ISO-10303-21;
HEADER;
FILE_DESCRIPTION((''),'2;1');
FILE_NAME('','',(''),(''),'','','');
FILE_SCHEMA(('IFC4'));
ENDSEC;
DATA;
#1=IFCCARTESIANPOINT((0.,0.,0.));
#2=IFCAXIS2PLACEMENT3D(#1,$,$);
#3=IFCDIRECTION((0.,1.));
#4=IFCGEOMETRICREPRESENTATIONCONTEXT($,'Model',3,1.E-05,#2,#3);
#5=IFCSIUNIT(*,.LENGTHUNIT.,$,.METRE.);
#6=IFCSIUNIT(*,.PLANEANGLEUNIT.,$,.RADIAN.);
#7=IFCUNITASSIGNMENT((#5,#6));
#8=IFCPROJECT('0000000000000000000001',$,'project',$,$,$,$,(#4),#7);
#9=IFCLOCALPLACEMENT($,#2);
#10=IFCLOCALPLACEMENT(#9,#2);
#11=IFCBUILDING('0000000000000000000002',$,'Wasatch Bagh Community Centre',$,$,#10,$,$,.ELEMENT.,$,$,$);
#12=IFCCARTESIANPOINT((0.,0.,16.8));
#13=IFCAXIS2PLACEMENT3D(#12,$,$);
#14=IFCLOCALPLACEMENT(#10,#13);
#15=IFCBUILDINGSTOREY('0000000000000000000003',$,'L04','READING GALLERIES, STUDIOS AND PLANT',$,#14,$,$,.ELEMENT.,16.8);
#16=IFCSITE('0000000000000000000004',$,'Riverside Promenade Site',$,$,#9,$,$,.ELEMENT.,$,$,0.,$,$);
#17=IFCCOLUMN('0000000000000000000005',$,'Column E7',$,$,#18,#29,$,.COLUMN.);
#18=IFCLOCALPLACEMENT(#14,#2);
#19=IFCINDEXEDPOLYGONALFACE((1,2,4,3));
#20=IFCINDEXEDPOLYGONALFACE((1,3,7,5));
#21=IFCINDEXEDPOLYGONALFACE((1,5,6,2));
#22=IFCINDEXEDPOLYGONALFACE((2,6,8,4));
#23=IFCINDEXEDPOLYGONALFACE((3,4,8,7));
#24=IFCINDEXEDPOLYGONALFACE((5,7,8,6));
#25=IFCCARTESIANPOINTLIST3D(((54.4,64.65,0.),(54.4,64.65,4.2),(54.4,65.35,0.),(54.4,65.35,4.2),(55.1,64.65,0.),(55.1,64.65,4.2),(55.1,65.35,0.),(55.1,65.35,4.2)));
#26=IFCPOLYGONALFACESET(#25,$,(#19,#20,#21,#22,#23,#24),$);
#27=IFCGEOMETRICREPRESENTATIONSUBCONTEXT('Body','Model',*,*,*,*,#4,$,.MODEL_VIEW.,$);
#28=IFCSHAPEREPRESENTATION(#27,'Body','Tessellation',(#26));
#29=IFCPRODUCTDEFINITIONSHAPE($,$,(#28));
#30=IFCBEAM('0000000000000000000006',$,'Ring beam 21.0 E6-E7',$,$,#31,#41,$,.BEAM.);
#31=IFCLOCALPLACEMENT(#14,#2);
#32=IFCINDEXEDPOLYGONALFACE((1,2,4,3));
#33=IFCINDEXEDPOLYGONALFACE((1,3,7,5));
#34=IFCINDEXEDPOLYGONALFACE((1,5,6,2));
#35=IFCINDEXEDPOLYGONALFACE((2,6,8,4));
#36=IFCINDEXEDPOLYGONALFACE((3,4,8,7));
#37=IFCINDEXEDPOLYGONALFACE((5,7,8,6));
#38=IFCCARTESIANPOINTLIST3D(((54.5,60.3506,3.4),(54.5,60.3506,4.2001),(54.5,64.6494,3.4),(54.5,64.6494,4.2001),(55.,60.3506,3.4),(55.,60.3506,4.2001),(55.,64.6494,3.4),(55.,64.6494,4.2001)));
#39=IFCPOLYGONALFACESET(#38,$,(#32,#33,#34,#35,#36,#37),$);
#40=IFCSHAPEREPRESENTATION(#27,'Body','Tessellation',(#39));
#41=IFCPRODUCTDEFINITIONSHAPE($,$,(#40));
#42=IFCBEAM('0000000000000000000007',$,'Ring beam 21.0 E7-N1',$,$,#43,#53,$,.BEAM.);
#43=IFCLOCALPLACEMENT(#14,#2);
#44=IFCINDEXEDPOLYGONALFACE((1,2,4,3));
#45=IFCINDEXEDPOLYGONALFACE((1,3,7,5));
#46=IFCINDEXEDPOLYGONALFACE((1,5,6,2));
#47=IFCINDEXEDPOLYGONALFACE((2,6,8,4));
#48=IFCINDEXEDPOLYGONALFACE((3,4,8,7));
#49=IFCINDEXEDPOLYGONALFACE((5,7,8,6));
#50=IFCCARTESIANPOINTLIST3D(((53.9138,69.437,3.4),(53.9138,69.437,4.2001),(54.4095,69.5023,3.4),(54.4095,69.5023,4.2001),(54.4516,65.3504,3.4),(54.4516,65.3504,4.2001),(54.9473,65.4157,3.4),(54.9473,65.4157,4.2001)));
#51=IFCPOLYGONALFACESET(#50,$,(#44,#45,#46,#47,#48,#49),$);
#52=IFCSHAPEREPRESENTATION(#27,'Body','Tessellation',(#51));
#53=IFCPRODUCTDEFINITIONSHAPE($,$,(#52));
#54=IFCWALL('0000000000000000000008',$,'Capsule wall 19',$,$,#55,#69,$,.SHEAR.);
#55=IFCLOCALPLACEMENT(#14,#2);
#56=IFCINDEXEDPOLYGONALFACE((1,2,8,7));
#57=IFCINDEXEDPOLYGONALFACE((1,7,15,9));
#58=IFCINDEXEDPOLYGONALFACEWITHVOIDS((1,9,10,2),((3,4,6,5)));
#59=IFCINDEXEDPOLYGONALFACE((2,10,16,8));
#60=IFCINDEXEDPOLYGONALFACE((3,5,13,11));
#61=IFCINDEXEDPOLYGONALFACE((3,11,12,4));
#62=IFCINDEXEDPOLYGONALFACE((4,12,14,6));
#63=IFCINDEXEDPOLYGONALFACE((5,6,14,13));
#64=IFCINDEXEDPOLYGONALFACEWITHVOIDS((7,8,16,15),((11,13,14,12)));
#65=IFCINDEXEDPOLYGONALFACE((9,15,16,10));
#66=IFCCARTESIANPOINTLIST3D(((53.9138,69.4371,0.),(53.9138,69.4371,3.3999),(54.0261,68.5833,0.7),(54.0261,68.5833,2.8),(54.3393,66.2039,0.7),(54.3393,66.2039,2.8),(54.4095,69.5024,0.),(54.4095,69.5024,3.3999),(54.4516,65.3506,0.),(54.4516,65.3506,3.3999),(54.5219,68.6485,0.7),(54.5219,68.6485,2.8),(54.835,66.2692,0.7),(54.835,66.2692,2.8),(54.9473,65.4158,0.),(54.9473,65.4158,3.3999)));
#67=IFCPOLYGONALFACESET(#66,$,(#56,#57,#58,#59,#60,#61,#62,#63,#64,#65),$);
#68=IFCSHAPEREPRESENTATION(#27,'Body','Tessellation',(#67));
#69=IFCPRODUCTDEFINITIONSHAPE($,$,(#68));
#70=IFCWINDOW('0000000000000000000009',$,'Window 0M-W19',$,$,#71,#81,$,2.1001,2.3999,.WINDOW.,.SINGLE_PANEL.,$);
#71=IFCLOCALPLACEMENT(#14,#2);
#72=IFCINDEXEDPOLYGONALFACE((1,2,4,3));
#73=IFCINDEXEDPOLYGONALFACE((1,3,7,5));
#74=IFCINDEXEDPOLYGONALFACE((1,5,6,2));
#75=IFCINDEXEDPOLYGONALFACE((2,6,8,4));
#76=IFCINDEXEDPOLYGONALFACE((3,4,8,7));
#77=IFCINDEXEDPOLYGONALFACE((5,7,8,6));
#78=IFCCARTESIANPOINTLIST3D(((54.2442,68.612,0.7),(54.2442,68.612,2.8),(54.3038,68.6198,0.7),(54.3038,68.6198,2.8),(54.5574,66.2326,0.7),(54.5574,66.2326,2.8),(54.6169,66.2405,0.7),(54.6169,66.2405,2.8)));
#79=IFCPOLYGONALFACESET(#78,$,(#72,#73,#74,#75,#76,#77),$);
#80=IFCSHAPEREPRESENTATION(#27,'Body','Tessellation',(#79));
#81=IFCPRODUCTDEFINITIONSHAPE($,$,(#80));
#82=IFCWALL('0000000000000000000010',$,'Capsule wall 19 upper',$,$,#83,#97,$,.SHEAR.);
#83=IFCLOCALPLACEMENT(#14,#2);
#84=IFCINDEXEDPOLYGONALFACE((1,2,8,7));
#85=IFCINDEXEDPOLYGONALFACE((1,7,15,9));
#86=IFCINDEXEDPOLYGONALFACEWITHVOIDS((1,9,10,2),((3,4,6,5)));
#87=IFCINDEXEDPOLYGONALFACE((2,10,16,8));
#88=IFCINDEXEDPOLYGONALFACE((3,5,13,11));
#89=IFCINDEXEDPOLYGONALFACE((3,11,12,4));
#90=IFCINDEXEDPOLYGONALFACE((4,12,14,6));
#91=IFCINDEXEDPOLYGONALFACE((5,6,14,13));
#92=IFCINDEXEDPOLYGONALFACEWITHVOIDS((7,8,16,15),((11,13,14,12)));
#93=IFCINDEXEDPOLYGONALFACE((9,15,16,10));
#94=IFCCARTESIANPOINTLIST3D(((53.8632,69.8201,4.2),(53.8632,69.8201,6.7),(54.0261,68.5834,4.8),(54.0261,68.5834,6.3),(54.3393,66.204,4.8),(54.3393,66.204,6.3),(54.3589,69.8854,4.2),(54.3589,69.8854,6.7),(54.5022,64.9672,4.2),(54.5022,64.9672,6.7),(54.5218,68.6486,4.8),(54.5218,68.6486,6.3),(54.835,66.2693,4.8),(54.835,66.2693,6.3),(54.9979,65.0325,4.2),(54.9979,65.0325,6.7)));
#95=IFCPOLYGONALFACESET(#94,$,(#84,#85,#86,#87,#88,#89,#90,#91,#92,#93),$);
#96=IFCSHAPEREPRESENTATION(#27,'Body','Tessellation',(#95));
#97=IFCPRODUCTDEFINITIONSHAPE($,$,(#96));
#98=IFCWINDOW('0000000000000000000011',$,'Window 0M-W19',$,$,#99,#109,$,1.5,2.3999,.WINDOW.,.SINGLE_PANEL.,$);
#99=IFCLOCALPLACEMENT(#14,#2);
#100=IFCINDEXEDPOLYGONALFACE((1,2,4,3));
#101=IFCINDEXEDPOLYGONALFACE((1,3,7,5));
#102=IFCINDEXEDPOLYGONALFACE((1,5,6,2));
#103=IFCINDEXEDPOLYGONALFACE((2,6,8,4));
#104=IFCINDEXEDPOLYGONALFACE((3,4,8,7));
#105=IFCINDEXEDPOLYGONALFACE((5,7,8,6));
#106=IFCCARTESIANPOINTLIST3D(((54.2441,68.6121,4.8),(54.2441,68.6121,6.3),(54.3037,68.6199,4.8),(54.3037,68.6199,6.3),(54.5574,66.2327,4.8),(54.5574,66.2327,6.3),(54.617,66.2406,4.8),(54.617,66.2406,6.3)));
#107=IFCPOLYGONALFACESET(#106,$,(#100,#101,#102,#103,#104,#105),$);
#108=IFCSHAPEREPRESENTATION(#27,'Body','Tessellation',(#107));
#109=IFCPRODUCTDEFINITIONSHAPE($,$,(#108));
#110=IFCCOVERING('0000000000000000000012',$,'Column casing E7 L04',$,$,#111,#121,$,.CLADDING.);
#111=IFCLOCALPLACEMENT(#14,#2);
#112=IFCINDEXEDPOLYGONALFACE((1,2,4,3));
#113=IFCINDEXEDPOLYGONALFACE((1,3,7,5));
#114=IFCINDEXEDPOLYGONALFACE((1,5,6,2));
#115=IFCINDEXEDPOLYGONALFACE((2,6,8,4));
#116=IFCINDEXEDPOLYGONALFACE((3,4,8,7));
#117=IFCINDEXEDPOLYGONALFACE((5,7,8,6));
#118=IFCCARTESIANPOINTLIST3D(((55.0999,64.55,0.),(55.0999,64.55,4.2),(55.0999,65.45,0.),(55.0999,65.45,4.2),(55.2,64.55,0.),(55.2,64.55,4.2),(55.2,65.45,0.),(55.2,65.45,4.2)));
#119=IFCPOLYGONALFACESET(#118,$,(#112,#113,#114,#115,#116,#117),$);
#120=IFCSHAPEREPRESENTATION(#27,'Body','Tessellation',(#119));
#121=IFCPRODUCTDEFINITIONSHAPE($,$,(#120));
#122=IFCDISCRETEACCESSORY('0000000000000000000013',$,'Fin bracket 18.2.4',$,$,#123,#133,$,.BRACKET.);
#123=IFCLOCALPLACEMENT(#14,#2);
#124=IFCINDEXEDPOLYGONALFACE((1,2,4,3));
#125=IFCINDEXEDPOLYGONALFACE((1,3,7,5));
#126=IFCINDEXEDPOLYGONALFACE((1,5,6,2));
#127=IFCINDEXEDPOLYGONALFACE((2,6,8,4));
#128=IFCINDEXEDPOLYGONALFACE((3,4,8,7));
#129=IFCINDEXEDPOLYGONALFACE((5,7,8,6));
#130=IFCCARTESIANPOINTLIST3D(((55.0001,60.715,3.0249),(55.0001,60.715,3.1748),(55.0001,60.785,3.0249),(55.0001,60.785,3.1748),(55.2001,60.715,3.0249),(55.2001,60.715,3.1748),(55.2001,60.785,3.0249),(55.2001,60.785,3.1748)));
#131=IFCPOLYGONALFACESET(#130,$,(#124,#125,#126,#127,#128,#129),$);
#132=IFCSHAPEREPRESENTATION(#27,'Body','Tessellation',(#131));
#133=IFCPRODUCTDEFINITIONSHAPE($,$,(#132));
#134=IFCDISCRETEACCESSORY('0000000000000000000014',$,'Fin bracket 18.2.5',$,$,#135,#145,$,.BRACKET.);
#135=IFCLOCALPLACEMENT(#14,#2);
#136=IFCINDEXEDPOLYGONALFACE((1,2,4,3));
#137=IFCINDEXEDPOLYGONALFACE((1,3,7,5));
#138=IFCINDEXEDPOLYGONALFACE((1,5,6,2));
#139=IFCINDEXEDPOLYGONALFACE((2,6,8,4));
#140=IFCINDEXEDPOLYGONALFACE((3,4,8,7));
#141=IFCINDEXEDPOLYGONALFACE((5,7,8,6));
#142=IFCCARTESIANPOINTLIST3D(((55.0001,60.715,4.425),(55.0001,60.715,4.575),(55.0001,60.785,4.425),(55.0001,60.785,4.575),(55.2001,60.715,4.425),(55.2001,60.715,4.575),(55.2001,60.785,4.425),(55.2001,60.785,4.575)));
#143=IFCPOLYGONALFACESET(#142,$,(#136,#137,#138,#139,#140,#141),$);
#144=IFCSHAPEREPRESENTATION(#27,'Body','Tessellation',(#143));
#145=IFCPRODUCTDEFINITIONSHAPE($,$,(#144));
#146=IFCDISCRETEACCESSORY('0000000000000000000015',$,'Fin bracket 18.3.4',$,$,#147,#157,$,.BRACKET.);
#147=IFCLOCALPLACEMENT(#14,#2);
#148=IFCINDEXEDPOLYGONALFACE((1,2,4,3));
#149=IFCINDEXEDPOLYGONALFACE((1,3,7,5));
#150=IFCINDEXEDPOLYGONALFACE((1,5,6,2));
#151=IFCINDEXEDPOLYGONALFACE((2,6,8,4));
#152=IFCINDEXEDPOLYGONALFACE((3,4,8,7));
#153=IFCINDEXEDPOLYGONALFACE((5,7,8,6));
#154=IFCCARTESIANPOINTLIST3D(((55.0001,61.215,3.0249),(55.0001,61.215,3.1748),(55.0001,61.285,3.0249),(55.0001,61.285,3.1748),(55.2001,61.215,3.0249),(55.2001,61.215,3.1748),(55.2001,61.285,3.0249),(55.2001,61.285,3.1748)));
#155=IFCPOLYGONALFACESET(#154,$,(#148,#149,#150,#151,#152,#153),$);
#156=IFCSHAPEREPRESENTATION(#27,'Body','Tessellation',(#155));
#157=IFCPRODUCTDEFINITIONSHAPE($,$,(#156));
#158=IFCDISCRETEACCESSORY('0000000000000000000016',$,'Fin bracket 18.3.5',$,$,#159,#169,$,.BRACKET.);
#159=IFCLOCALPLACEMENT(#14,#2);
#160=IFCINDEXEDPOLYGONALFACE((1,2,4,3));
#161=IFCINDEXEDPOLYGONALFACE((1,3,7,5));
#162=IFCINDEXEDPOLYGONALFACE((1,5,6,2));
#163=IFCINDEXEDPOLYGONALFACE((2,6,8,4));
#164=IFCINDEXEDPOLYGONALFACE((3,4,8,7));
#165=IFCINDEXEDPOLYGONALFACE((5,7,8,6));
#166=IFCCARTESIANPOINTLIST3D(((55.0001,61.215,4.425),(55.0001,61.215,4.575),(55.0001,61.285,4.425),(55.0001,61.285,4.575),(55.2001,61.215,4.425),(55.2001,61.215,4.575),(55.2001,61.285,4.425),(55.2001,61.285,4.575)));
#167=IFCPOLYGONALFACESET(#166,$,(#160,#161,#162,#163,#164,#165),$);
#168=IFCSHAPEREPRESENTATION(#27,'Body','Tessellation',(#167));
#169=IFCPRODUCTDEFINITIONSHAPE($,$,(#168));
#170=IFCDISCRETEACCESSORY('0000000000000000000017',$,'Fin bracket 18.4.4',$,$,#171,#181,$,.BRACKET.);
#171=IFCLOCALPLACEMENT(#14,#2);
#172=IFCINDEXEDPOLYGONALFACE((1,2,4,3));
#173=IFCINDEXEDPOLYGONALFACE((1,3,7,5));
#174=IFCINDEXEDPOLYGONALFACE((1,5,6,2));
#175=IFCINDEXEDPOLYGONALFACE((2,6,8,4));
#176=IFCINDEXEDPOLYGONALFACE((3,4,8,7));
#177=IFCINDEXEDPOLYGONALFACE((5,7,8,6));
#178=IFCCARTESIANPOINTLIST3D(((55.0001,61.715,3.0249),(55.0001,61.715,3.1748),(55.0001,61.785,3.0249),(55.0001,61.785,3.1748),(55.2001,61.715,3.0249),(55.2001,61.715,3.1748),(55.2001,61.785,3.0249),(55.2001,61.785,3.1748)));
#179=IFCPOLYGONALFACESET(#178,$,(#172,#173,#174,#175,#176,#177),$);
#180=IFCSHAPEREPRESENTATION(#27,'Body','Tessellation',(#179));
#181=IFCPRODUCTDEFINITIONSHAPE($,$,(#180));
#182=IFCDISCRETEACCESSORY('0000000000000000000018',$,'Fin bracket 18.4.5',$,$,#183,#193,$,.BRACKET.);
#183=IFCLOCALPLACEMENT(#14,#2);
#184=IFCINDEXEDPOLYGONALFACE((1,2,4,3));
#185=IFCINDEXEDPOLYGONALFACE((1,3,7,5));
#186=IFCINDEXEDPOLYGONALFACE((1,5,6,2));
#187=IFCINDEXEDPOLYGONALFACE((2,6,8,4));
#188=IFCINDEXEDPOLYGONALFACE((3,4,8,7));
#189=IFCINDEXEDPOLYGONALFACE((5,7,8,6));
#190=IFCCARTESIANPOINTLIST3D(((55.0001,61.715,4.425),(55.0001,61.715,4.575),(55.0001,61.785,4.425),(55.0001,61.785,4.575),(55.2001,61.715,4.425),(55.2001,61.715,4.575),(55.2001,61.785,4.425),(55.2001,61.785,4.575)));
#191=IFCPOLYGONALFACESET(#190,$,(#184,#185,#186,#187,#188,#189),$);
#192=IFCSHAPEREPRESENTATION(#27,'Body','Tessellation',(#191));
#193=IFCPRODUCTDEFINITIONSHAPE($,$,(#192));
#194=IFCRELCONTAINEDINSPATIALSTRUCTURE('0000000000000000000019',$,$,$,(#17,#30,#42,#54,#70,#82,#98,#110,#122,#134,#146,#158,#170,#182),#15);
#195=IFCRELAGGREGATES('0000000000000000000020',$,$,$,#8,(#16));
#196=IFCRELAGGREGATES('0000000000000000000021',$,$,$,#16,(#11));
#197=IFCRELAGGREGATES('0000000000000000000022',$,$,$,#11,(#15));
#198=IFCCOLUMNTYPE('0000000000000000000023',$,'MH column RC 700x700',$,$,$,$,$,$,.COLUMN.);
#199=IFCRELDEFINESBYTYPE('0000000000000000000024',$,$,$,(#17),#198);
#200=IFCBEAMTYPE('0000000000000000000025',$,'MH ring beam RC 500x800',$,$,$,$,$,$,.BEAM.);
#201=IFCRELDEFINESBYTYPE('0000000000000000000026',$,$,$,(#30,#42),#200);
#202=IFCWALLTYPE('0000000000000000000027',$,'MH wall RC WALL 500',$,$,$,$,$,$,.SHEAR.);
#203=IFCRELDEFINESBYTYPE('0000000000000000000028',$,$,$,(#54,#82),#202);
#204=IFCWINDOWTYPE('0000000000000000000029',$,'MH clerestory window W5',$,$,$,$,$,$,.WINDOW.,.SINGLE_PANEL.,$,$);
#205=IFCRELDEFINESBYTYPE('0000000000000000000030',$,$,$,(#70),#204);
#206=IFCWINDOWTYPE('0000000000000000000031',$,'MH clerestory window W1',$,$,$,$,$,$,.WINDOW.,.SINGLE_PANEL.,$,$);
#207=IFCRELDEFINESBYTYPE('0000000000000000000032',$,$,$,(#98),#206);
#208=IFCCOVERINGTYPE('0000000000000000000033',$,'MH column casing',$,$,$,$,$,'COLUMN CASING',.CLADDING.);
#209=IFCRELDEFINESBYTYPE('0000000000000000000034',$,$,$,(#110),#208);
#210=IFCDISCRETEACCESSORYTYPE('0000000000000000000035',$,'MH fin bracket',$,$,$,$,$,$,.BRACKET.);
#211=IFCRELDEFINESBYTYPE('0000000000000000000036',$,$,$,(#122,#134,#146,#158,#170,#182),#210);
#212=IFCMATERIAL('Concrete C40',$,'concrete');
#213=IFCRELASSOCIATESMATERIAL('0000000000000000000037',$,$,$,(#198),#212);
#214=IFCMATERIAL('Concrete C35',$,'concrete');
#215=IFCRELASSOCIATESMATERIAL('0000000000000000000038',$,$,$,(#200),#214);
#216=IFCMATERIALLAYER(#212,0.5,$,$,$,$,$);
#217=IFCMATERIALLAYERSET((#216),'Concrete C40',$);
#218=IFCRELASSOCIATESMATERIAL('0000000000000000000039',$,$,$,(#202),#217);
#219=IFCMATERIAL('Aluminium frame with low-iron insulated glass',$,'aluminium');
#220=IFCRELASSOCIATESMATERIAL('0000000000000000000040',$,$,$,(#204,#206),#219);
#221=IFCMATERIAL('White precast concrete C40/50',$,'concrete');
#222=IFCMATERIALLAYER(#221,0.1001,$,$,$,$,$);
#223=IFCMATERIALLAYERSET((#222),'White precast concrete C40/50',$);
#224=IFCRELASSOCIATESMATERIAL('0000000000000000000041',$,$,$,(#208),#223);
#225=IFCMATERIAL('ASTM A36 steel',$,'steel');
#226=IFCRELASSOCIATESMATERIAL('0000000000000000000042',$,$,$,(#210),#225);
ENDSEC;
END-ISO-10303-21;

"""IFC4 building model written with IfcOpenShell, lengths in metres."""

from ifc_helpers import new_model, si_unit, direction, frame, frame_2d, origin, origin_2d, place, context, subcontext, project, spatial, rectangle, extrude, material, layer, layer_set, material_profile, profile_set, type_object, element, fill, save


model = new_model("IFC4")

# Units and contexts
model_context = context("Model", 3, precision=1e-05, world=origin(), true_north=direction((0.0, 1.0)))
body_context = subcontext(model_context, "Body", "Model", "MODEL_VIEW")
ifc_project = project(units=[si_unit("LENGTHUNIT", "METRE"), si_unit("PLANEANGLEUNIT", "RADIAN")], contexts=[model_context])

# Site, building, storey
site_placement = place(None, origin())
site = spatial("IfcSite", under=ifc_project, at=site_placement, Name="Riverside Promenade Site", CompositionType="ELEMENT", RefElevation=0.0)
building_placement = place(site_placement, origin())
building = spatial("IfcBuilding", under=site, at=building_placement, Name="Wasatch Bagh Community Centre", CompositionType="ELEMENT")
storey_placement = place(building_placement, frame((0.0, 0.0, 16.8)))
storey = spatial("IfcBuildingStorey", under=building, at=storey_placement, Name="L04", Description="READING GALLERIES, STUDIOS AND PLANT", CompositionType="ELEMENT", Elevation=16.8)

# Column
ifc_material_1 = material(Name="Concrete C40", Category="concrete")
ifc_material_profile_1 = material_profile(ifc_material_1, rectangle(XDim=0.7, YDim=0.7, at=origin_2d()), Name="RC 700x700")
ifc_profile_set_1 = profile_set([ifc_material_profile_1], Name="Concrete C40")
column_type = type_object("IfcColumnType", Name="MH column RC 700x700", PredefinedType="COLUMN", material=ifc_profile_set_1)
column_placement = place(storey_placement, frame((54.75, 65.0, 0.0), z_axis=(0.0, 0.0, 1.0), x_axis=(1.0, 0.0, 0.0)))
element("IfcColumn", 1, at=column_placement, inside=storey, type_object=column_type, Name="Column E7", PredefinedType="COLUMN", context=body_context, shape_type="SweptSolid", body=[
    extrude(rectangle(XDim=0.7, YDim=0.7, at=origin_2d()), origin(), (0.0, 0.0, 1.0), 4.2),
])

# Beams
ifc_material_2 = material(Name="Concrete C35", Category="concrete")
ifc_material_profile_2 = material_profile(ifc_material_2, rectangle(XDim=0.5, YDim=0.8, at=origin_2d()), Name="RC 500x800")
ifc_profile_set_2 = profile_set([ifc_material_profile_2], Name="Concrete C35")
beam_type = type_object("IfcBeamType", Name="MH ring beam RC 500x800", PredefinedType="BEAM", material=ifc_profile_set_2)
beam_1_placement = place(storey_placement, frame((54.75, 60.3506, 3.8), z_axis=(0.0, 1.0, 0.0), x_axis=(-1.0, 0.0, 0.0)))
element("IfcBeam", 2, at=beam_1_placement, inside=storey, type_object=beam_type, Name="Ring beam 21.0 E6-E7", PredefinedType="BEAM", context=body_context, shape_type="SweptSolid", body=[
    extrude(rectangle(XDim=0.5, YDim=0.8, at=origin_2d()), origin(), (0.0, 0.0, 1.0), 4.2988),
])
beam_2_placement = place(storey_placement, frame((54.6995, 65.3831, 3.8), z_axis=(-0.130484, 0.99145, 0.0), x_axis=(-0.99145, -0.130484, 0.0)))
element("IfcBeam", 3, at=beam_2_placement, inside=storey, type_object=beam_type, Name="Ring beam 21.0 E7-N1", PredefinedType="BEAM", context=body_context, shape_type="SweptSolid", body=[
    extrude(rectangle(XDim=0.5, YDim=0.8, at=origin_2d()), origin(), (0.0, 0.0, 1.0), 4.1218),
])

# Walls, openings, windows
ifc_layer_1 = layer(ifc_material_1, 0.5)
ifc_layer_set_1 = layer_set([ifc_layer_1], Name="Concrete C40")
wall_type = type_object("IfcWallType", Name="MH wall RC WALL 500", PredefinedType="SHEAR", material=ifc_layer_set_1)
wall_1_placement = place(storey_placement, frame((54.6995, 65.3831, 0.0), z_axis=(0.0, 0.0, 1.0), x_axis=(-0.130484, 0.99145, 0.0)))
wall_1 = element("IfcWall", 4, at=wall_1_placement, inside=storey, type_object=wall_type, Name="Capsule wall 19", PredefinedType="SHEAR", context=body_context, shape_type="SweptSolid", body=[
    extrude(rectangle(XDim=4.1218, YDim=0.5, at=frame_2d((2.061, 0.0))), origin(), (0.0, 0.0, 1.0), 3.3999),
])
opening_1_placement = place(wall_1_placement, frame((0.8608, 0.0, 0.7)))
opening_1 = element("IfcOpeningElement", 5, at=opening_1_placement, cuts=wall_1, PredefinedType="OPENING", context=body_context, shape_type="SweptSolid", body=[
    extrude(rectangle(XDim=2.3999, YDim=2.1001, at=frame_2d((1.2, 1.05))), frame((0.0, 0.26, 0.0), z_axis=(0.0, -1.0, 0.0), x_axis=(1.0, 0.0, 0.0)), (0.0, 0.0, 1.0), 0.52),
])
ifc_material_3 = material(Name="Aluminium frame with low-iron insulated glass", Category="aluminium")
window_type_1 = type_object("IfcWindowType", Name="MH clerestory window W5", PartitioningType="SINGLE_PANEL", PredefinedType="WINDOW", material=ifc_material_3)
window_1_placement = place(opening_1_placement, origin())
window_1 = element("IfcWindow", 6, at=window_1_placement, inside=storey, type_object=window_type_1, Name="Window 0M-W19", OverallHeight=2.1001, OverallWidth=2.3999, PartitioningType="SINGLE_PANEL", PredefinedType="WINDOW", context=body_context, shape_type="SweptSolid", body=[
    extrude(rectangle(XDim=2.3999, YDim=2.1001, at=frame_2d((1.2, 1.05))), frame((0.0, 0.03, 0.0), z_axis=(0.0, -1.0, 0.0), x_axis=(1.0, 0.0, 0.0)), (0.0, 0.0, 1.0), 0.0601),
])
fill(opening_1, window_1)
wall_2_placement = place(storey_placement, frame((54.75, 65.0, 4.2), z_axis=(0.0, 0.0, 1.0), x_axis=(-0.130533, 0.991444, 0.0)))
wall_2 = element("IfcWall", 7, at=wall_2_placement, inside=storey, type_object=wall_type, Name="Capsule wall 19 upper", PredefinedType="SHEAR", context=body_context, shape_type="SweptSolid", body=[
    extrude(rectangle(XDim=4.8948, YDim=0.5, at=frame_2d((2.4473, 0.0))), origin(), (0.0, 0.0, 1.0), 2.5),
])
opening_2_placement = place(wall_2_placement, frame((1.2473, 0.0, 0.6001)))
opening_2 = element("IfcOpeningElement", 8, at=opening_2_placement, cuts=wall_2, PredefinedType="OPENING", context=body_context, shape_type="SweptSolid", body=[
    extrude(rectangle(XDim=2.3999, YDim=1.5, at=frame_2d((1.2, 0.75))), frame((0.0, 0.26, 0.0), z_axis=(0.0, -1.0, 0.0), x_axis=(1.0, 0.0, 0.0)), (0.0, 0.0, 1.0), 0.52),
])
window_type_2 = type_object("IfcWindowType", Name="MH clerestory window W1", PartitioningType="SINGLE_PANEL", PredefinedType="WINDOW", material=ifc_material_3)
window_2_placement = place(opening_2_placement, origin())
window_2 = element("IfcWindow", 9, at=window_2_placement, inside=storey, type_object=window_type_2, Name="Window 0M-W19", OverallHeight=1.5, OverallWidth=2.3999, PartitioningType="SINGLE_PANEL", PredefinedType="WINDOW", context=body_context, shape_type="SweptSolid", body=[
    extrude(rectangle(XDim=2.3999, YDim=1.5, at=frame_2d((1.2, 0.75))), frame((0.0, 0.03, 0.0), z_axis=(0.0, -1.0, 0.0), x_axis=(1.0, 0.0, 0.0)), (0.0, 0.0, 1.0), 0.0601),
])
fill(opening_2, window_2)

# Covering
ifc_material_4 = material(Name="White precast concrete C40/50", Category="concrete")
ifc_layer_2 = layer(ifc_material_4, 0.1001)
ifc_layer_set_2 = layer_set([ifc_layer_2], Name="White precast concrete C40/50")
covering_type = type_object("IfcCoveringType", Name="MH column casing", ElementType="COLUMN CASING", PredefinedType="CLADDING", material=ifc_layer_set_2)
covering_placement = place(storey_placement, frame((55.1499, 65.0, 0.0), z_axis=(0.0, 0.0, 1.0), x_axis=(0.0, 1.0, 0.0)))
element("IfcCovering", 10, at=covering_placement, inside=storey, type_object=covering_type, Name="Column casing E7 L04", PredefinedType="CLADDING", context=body_context, shape_type="SweptSolid", body=[
    extrude(rectangle(XDim=0.8999, YDim=0.1001, at=origin_2d()), origin(), (0.0, 0.0, 1.0), 4.2),
])

# Discrete accessories
ifc_material_5 = material(Name="ASTM A36 steel", Category="steel")
discrete_accessory_type = type_object("IfcDiscreteAccessoryType", Name="MH fin bracket", PredefinedType="BRACKET", material=ifc_material_5)
for number, where, z_axis, x_axis, name in (
    (11, (55.1001, 60.75, 3.0249), (0.0, 0.0, 1.0), (0.0, 1.0, 0.0), "Fin bracket 18.2.4"),
    (12, (55.1001, 60.75, 4.425), (0.0, 0.0, 1.0), (0.0, 1.0, 0.0), "Fin bracket 18.2.5"),
    (13, (55.1001, 61.25, 3.0249), (0.0, 0.0, 1.0), (0.0, 1.0, 0.0), "Fin bracket 18.3.4"),
    (14, (55.1001, 61.25, 4.425), (0.0, 0.0, 1.0), (0.0, 1.0, 0.0), "Fin bracket 18.3.5"),
    (15, (55.1001, 61.75, 3.0249), (0.0, 0.0, 1.0), (0.0, 1.0, 0.0), "Fin bracket 18.4.4"),
    (16, (55.1001, 61.75, 4.425), (0.0, 0.0, 1.0), (0.0, 1.0, 0.0), "Fin bracket 18.4.5"),
):
    element("IfcDiscreteAccessory", number, at=place(storey_placement, frame(where, z_axis=z_axis, x_axis=x_axis)), inside=storey, type_object=discrete_accessory_type, Name=name, PredefinedType="BRACKET", context=body_context, shape_type="SweptSolid", body=[
        extrude(rectangle(XDim=0.0701, YDim=0.2, at=origin_2d()), origin(), (0.0, 0.0, 1.0), 0.1499),
    ])

save(model, "model.ifc")
